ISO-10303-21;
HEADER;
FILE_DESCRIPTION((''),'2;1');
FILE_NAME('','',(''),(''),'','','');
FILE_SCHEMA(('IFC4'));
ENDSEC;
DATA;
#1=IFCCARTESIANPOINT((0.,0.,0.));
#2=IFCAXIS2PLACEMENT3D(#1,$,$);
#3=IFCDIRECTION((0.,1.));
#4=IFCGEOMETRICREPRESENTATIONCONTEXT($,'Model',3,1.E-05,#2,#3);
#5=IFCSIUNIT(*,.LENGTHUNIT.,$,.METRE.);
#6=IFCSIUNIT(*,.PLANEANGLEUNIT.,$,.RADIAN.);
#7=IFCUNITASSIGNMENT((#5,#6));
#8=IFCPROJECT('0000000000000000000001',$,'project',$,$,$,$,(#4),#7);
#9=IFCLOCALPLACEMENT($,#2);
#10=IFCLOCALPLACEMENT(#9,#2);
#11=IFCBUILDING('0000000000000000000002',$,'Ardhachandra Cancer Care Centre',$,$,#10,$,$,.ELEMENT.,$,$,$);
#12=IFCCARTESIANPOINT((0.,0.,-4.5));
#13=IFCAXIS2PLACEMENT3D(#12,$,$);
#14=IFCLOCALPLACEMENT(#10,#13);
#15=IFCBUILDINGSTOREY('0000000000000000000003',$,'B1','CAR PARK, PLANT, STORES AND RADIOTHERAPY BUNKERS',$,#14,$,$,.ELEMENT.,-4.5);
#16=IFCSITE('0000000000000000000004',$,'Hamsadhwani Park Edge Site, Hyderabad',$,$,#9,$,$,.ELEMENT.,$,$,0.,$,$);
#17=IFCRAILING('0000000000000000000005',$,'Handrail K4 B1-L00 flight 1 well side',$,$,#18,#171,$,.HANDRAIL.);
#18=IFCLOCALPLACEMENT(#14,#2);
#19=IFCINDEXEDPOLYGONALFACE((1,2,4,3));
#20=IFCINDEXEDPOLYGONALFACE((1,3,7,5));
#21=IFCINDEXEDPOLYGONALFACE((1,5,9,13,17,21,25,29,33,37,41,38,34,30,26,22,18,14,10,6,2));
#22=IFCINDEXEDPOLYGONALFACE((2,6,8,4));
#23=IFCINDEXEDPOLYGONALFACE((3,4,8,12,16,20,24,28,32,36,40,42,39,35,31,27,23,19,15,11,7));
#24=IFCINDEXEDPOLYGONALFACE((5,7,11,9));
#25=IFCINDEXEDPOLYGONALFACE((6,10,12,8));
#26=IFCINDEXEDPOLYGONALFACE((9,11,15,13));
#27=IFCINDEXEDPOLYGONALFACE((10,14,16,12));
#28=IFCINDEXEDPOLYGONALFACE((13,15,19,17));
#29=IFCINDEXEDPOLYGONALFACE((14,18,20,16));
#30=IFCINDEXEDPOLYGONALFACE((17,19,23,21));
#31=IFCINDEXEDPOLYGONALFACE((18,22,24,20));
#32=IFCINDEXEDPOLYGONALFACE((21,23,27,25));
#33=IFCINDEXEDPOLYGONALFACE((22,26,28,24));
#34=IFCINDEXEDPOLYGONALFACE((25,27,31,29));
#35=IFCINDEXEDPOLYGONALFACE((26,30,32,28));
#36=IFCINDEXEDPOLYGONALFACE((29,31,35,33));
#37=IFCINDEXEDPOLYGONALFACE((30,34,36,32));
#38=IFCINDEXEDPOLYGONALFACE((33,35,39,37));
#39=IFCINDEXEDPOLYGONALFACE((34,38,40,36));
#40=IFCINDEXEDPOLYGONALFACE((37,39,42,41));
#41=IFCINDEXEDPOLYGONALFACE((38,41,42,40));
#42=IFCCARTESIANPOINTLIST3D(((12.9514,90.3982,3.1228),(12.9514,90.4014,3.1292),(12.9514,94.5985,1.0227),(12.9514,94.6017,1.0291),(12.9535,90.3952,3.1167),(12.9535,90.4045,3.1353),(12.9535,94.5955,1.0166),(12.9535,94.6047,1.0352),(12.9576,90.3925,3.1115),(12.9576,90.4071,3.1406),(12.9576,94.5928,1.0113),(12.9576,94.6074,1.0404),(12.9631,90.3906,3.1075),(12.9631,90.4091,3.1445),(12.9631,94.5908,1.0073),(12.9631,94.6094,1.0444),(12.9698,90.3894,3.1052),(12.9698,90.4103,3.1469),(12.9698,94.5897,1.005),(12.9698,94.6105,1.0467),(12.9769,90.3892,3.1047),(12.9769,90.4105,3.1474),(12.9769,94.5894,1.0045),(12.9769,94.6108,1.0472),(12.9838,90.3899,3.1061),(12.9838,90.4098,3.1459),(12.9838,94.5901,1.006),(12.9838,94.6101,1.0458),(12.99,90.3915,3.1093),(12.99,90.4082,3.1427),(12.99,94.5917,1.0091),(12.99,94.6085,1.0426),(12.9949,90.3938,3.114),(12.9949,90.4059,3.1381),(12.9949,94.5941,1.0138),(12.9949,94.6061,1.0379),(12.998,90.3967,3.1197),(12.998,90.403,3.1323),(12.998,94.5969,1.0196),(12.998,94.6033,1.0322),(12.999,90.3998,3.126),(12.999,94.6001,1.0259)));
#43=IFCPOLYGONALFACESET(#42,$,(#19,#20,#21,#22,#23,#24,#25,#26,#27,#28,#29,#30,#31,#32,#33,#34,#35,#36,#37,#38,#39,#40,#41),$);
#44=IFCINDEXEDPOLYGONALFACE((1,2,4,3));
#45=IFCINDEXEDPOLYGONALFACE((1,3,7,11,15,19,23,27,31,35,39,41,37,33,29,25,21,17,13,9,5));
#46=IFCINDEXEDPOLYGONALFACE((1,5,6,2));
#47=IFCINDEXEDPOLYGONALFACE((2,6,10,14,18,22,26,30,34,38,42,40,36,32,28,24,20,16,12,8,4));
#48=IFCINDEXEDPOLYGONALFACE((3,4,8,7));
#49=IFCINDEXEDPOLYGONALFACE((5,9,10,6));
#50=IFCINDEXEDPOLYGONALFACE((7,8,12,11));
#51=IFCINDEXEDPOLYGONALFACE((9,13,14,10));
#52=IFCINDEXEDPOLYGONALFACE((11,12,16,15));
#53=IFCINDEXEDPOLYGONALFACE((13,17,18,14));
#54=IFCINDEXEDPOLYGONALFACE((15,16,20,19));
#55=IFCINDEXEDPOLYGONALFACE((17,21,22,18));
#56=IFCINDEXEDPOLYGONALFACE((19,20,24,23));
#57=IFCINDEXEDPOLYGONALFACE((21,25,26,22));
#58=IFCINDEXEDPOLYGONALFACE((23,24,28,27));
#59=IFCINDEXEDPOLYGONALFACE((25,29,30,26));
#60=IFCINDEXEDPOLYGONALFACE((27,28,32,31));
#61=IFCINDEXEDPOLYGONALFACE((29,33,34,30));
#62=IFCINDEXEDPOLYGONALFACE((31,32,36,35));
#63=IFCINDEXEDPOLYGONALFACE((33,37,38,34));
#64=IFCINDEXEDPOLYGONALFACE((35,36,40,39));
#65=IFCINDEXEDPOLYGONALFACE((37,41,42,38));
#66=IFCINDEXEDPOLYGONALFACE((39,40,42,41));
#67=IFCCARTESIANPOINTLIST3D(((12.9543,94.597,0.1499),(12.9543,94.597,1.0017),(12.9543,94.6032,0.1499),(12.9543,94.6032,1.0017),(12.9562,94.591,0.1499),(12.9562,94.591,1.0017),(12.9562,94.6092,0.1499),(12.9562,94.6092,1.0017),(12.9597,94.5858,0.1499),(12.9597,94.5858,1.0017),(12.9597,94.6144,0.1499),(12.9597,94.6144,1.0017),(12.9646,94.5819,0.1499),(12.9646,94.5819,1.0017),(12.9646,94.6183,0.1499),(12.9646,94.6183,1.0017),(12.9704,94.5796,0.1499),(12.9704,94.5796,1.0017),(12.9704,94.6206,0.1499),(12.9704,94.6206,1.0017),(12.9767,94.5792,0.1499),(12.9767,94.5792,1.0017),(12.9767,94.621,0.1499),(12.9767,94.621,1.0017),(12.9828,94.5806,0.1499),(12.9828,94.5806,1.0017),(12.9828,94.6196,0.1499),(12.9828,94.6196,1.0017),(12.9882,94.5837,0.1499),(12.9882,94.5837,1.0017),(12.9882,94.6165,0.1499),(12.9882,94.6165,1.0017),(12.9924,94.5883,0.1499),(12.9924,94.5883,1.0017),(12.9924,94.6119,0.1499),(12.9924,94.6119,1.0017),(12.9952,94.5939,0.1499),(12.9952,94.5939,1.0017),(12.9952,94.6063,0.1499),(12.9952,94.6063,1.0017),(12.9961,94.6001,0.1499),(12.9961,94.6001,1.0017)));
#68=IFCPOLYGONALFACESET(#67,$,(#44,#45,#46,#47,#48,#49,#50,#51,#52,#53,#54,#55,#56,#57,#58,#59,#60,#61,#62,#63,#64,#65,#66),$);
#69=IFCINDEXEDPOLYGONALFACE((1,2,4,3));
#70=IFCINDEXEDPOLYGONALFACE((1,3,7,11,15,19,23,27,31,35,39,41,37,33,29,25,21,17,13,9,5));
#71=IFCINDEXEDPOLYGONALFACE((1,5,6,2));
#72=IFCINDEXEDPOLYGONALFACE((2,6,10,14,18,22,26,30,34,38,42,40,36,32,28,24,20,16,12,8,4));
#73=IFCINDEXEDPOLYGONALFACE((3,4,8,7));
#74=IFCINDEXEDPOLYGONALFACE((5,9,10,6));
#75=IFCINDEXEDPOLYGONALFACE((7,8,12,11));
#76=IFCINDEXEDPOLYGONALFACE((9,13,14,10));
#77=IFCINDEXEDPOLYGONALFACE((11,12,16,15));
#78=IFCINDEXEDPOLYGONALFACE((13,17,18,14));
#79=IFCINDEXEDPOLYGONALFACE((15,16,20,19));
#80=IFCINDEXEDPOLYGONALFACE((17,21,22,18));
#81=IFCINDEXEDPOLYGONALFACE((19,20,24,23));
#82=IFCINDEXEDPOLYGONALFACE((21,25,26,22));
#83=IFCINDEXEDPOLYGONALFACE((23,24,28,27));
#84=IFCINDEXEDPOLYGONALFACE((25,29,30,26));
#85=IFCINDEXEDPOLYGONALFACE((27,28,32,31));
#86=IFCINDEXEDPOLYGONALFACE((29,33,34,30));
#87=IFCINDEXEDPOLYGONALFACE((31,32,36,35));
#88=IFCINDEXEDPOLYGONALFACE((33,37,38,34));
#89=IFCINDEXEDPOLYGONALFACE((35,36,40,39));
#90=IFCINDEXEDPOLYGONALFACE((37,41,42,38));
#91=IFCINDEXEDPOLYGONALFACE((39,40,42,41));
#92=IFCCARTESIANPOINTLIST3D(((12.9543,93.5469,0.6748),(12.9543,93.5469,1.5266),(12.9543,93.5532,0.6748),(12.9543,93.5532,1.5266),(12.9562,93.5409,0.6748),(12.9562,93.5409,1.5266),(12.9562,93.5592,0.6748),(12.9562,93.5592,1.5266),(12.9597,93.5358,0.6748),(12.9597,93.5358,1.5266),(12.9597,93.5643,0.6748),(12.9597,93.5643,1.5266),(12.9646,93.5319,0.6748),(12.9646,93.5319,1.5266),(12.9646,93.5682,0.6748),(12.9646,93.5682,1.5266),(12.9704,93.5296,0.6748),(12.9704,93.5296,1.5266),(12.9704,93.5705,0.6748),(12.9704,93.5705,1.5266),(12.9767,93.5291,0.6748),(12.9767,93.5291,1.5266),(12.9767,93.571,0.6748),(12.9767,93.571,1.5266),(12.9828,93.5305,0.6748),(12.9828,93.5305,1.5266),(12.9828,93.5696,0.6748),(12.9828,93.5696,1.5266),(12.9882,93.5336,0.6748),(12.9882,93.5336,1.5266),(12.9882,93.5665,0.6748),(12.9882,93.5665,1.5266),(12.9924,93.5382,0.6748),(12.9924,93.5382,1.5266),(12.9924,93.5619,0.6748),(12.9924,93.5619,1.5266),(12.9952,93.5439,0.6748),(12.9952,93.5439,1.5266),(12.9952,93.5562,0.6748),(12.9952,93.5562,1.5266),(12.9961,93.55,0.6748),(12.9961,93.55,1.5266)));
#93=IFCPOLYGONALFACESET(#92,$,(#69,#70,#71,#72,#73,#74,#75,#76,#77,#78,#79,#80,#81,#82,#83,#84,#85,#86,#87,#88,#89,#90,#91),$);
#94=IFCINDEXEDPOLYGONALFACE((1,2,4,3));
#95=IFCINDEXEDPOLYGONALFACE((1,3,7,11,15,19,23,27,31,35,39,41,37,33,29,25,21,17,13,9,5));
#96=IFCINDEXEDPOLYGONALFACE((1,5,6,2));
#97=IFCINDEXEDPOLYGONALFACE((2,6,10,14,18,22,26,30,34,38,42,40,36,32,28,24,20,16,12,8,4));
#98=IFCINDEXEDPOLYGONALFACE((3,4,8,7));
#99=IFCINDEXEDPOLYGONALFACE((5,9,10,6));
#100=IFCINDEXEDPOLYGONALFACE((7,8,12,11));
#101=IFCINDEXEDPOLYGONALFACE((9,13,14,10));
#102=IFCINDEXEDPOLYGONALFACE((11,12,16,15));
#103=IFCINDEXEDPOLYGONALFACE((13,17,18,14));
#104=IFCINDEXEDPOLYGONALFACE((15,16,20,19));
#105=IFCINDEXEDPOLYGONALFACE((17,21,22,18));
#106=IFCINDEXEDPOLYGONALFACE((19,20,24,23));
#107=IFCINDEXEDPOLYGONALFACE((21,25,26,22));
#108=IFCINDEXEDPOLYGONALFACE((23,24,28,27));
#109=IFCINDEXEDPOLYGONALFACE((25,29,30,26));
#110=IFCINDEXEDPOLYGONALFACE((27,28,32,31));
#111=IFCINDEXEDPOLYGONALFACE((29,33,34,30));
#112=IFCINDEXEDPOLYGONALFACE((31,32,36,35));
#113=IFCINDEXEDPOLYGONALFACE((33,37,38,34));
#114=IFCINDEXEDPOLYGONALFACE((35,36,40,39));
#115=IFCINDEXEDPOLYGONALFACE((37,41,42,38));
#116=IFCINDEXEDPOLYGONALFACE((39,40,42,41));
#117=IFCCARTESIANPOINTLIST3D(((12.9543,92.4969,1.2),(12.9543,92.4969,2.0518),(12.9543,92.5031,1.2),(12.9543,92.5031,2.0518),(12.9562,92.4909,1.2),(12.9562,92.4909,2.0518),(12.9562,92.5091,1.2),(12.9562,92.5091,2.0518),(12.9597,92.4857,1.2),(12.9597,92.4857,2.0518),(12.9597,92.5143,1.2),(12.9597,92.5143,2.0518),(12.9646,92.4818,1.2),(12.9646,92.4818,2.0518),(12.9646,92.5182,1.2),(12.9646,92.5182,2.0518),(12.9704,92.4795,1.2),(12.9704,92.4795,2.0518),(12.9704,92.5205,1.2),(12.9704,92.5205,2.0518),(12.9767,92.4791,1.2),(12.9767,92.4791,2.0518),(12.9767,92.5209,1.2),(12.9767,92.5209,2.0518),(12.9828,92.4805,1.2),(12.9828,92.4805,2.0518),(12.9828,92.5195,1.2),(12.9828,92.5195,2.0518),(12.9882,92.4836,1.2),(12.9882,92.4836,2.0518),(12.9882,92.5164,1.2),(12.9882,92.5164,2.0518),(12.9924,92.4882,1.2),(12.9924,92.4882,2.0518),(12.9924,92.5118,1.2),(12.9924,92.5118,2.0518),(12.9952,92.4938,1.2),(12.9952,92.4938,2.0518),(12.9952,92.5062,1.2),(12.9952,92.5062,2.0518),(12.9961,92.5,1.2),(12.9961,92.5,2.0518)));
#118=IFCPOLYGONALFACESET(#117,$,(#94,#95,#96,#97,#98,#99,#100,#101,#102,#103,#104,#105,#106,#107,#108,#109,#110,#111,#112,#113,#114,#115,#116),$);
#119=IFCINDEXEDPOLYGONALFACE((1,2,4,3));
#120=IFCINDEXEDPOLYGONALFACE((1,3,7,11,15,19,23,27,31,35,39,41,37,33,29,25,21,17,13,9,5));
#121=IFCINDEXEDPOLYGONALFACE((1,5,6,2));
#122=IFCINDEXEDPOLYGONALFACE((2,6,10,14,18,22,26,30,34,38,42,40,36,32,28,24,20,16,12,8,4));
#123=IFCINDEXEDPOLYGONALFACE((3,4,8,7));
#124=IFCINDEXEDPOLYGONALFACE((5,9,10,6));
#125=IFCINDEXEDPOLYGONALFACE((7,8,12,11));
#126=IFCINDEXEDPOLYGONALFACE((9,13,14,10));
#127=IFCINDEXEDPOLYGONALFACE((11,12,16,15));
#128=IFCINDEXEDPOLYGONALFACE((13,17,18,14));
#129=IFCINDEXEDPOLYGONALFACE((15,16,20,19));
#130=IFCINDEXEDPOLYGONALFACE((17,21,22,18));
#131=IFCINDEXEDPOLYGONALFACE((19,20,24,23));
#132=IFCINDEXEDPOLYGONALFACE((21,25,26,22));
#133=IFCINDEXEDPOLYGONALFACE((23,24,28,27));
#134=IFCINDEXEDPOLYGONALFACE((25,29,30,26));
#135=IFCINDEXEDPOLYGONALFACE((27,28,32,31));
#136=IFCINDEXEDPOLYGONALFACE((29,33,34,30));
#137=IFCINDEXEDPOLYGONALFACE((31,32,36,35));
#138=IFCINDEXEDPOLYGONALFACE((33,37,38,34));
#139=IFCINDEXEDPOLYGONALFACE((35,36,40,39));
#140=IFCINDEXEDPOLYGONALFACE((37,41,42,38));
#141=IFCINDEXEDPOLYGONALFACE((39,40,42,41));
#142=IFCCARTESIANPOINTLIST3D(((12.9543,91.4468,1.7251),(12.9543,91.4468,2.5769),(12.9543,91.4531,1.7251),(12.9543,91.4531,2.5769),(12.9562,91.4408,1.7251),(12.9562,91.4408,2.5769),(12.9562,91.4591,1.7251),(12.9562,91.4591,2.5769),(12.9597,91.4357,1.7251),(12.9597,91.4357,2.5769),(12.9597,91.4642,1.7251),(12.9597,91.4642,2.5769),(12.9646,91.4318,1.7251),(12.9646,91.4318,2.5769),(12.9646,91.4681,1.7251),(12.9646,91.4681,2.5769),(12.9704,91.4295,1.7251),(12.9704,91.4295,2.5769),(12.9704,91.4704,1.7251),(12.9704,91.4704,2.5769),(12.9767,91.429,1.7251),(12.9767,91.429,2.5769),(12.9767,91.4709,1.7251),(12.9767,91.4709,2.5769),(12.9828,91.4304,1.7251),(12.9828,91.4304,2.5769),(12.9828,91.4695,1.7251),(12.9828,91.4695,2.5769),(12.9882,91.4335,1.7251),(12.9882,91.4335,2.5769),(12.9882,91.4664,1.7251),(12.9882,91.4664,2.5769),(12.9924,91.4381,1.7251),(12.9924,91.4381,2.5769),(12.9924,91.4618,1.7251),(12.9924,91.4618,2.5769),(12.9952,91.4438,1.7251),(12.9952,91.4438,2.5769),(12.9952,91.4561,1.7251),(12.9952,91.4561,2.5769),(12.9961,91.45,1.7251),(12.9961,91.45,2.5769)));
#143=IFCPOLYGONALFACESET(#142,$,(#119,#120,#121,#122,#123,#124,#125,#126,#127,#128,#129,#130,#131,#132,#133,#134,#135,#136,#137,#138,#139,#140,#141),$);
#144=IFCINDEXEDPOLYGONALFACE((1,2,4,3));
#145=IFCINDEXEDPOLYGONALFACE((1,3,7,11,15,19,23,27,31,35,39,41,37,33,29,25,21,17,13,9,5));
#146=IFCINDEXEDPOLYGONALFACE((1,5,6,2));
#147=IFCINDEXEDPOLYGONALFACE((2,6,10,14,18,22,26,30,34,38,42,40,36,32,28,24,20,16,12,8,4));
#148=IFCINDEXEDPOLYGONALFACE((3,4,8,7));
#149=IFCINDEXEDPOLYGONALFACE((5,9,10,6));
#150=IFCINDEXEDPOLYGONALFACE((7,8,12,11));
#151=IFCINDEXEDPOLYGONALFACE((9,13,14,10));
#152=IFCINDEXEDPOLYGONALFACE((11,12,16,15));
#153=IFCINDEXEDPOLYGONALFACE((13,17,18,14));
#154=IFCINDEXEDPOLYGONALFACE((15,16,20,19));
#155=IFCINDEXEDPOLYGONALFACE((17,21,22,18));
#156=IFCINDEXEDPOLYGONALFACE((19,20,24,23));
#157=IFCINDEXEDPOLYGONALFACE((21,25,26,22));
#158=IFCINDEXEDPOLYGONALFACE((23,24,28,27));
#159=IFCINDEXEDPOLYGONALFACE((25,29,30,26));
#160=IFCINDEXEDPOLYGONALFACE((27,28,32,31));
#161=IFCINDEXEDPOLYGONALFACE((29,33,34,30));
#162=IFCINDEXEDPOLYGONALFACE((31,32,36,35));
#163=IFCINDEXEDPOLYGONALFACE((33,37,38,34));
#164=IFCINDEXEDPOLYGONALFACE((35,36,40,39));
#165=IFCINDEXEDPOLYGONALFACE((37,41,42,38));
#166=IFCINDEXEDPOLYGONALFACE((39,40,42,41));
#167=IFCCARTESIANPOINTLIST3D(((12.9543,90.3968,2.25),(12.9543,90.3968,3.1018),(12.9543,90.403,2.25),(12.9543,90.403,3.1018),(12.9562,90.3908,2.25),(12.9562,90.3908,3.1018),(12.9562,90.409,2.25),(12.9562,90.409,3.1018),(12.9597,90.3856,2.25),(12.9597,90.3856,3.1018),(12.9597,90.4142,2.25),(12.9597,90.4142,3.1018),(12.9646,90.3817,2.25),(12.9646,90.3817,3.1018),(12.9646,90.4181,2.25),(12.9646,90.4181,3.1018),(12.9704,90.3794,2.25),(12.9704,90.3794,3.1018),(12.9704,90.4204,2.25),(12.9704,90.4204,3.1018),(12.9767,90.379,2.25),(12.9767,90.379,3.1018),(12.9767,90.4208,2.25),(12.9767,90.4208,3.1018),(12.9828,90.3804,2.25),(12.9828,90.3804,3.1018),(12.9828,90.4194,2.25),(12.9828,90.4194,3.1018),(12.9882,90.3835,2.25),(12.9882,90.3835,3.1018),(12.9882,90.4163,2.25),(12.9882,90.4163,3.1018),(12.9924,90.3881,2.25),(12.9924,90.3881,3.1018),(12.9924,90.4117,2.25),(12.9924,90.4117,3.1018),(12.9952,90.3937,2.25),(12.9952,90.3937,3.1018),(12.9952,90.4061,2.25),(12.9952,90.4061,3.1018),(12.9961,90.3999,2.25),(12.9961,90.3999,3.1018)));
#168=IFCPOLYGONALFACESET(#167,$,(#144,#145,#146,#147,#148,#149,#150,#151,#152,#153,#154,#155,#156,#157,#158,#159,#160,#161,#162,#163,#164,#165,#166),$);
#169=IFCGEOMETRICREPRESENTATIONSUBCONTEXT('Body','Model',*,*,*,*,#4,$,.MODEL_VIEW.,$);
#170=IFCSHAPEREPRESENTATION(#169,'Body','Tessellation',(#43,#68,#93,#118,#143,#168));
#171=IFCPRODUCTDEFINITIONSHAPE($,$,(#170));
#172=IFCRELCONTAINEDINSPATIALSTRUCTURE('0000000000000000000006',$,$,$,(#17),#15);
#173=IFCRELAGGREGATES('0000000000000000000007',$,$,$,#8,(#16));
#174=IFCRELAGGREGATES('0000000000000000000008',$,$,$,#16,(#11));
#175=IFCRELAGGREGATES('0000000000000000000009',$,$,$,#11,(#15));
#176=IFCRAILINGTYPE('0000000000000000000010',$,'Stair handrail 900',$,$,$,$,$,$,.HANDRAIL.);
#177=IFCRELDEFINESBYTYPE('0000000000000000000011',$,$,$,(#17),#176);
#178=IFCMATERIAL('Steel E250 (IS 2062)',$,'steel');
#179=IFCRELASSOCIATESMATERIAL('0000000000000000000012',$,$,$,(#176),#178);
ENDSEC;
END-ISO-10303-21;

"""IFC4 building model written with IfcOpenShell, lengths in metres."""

from ifc_helpers import new_model, si_unit, direction, frame, origin, origin_2d, place, context, subcontext, project, spatial, circle, extrude, material, type_object, element, save


model = new_model("IFC4")

# Units and contexts
model_context = context("Model", 3, precision=1e-05, world=origin(), true_north=direction((0.0, 1.0)))
body_context = subcontext(model_context, "Body", "Model", "MODEL_VIEW")
ifc_project = project(units=[si_unit("LENGTHUNIT", "METRE"), si_unit("PLANEANGLEUNIT", "RADIAN")], contexts=[model_context])

# Site, building, storey
site_placement = place(None, origin())
site = spatial("IfcSite", under=ifc_project, at=site_placement, Name="Hamsadhwani Park Edge Site, Hyderabad", CompositionType="ELEMENT", RefElevation=0.0)
building_placement = place(site_placement, origin())
building = spatial("IfcBuilding", under=site, at=building_placement, Name="Ardhachandra Cancer Care Centre", CompositionType="ELEMENT")
storey_placement = place(building_placement, frame((0.0, 0.0, -4.5)))
storey = spatial("IfcBuildingStorey", under=building, at=storey_placement, Name="B1", Description="CAR PARK, PLANT, STORES AND RADIOTHERAPY BUNKERS", CompositionType="ELEMENT", Elevation=-4.5)

# Railing
ifc_material_1 = material(Name="Steel E250 (IS 2062)", Category="steel")
railing_type = type_object("IfcRailingType", Name="Stair handrail 900", PredefinedType="HANDRAIL", material=ifc_material_1)
for number, where, name in (
    (1, (12.9751, 94.6001, 0.1499), "Handrail K4 B1-L00 flight 1 well side"),
):
    element("IfcRailing", number, at=place(storey_placement, frame(where)), inside=storey, type_object=railing_type, Name=name, PredefinedType="HANDRAIL", context=body_context, shape_type="SweptSolid", body=[
        extrude(circle(Radius=0.0239, at=origin_2d()), frame((0.0, 0.0, 0.876), z_axis=(0.0, -0.894427, 0.447214), x_axis=(1.0, 0.0, 0.0)), (0.0, 0.0, 1.0), 4.696),
        extrude(circle(Radius=0.021, at=origin_2d()), origin(), (0.0, 0.0, 1.0), 0.8518),
        extrude(circle(Radius=0.021, at=origin_2d()), frame((0.0, -1.05, 0.5249)), (0.0, 0.0, 1.0), 0.8518),
        extrude(circle(Radius=0.021, at=origin_2d()), frame((0.0, -2.1001, 1.05)), (0.0, 0.0, 1.0), 0.8518),
        extrude(circle(Radius=0.021, at=origin_2d()), frame((0.0, -3.1501, 1.5752)), (0.0, 0.0, 1.0), 0.8518),
        extrude(circle(Radius=0.021, at=origin_2d()), frame((0.0, -4.2002, 2.1001)), (0.0, 0.0, 1.0), 0.8518),
    ])

save(model, "model.ifc")
